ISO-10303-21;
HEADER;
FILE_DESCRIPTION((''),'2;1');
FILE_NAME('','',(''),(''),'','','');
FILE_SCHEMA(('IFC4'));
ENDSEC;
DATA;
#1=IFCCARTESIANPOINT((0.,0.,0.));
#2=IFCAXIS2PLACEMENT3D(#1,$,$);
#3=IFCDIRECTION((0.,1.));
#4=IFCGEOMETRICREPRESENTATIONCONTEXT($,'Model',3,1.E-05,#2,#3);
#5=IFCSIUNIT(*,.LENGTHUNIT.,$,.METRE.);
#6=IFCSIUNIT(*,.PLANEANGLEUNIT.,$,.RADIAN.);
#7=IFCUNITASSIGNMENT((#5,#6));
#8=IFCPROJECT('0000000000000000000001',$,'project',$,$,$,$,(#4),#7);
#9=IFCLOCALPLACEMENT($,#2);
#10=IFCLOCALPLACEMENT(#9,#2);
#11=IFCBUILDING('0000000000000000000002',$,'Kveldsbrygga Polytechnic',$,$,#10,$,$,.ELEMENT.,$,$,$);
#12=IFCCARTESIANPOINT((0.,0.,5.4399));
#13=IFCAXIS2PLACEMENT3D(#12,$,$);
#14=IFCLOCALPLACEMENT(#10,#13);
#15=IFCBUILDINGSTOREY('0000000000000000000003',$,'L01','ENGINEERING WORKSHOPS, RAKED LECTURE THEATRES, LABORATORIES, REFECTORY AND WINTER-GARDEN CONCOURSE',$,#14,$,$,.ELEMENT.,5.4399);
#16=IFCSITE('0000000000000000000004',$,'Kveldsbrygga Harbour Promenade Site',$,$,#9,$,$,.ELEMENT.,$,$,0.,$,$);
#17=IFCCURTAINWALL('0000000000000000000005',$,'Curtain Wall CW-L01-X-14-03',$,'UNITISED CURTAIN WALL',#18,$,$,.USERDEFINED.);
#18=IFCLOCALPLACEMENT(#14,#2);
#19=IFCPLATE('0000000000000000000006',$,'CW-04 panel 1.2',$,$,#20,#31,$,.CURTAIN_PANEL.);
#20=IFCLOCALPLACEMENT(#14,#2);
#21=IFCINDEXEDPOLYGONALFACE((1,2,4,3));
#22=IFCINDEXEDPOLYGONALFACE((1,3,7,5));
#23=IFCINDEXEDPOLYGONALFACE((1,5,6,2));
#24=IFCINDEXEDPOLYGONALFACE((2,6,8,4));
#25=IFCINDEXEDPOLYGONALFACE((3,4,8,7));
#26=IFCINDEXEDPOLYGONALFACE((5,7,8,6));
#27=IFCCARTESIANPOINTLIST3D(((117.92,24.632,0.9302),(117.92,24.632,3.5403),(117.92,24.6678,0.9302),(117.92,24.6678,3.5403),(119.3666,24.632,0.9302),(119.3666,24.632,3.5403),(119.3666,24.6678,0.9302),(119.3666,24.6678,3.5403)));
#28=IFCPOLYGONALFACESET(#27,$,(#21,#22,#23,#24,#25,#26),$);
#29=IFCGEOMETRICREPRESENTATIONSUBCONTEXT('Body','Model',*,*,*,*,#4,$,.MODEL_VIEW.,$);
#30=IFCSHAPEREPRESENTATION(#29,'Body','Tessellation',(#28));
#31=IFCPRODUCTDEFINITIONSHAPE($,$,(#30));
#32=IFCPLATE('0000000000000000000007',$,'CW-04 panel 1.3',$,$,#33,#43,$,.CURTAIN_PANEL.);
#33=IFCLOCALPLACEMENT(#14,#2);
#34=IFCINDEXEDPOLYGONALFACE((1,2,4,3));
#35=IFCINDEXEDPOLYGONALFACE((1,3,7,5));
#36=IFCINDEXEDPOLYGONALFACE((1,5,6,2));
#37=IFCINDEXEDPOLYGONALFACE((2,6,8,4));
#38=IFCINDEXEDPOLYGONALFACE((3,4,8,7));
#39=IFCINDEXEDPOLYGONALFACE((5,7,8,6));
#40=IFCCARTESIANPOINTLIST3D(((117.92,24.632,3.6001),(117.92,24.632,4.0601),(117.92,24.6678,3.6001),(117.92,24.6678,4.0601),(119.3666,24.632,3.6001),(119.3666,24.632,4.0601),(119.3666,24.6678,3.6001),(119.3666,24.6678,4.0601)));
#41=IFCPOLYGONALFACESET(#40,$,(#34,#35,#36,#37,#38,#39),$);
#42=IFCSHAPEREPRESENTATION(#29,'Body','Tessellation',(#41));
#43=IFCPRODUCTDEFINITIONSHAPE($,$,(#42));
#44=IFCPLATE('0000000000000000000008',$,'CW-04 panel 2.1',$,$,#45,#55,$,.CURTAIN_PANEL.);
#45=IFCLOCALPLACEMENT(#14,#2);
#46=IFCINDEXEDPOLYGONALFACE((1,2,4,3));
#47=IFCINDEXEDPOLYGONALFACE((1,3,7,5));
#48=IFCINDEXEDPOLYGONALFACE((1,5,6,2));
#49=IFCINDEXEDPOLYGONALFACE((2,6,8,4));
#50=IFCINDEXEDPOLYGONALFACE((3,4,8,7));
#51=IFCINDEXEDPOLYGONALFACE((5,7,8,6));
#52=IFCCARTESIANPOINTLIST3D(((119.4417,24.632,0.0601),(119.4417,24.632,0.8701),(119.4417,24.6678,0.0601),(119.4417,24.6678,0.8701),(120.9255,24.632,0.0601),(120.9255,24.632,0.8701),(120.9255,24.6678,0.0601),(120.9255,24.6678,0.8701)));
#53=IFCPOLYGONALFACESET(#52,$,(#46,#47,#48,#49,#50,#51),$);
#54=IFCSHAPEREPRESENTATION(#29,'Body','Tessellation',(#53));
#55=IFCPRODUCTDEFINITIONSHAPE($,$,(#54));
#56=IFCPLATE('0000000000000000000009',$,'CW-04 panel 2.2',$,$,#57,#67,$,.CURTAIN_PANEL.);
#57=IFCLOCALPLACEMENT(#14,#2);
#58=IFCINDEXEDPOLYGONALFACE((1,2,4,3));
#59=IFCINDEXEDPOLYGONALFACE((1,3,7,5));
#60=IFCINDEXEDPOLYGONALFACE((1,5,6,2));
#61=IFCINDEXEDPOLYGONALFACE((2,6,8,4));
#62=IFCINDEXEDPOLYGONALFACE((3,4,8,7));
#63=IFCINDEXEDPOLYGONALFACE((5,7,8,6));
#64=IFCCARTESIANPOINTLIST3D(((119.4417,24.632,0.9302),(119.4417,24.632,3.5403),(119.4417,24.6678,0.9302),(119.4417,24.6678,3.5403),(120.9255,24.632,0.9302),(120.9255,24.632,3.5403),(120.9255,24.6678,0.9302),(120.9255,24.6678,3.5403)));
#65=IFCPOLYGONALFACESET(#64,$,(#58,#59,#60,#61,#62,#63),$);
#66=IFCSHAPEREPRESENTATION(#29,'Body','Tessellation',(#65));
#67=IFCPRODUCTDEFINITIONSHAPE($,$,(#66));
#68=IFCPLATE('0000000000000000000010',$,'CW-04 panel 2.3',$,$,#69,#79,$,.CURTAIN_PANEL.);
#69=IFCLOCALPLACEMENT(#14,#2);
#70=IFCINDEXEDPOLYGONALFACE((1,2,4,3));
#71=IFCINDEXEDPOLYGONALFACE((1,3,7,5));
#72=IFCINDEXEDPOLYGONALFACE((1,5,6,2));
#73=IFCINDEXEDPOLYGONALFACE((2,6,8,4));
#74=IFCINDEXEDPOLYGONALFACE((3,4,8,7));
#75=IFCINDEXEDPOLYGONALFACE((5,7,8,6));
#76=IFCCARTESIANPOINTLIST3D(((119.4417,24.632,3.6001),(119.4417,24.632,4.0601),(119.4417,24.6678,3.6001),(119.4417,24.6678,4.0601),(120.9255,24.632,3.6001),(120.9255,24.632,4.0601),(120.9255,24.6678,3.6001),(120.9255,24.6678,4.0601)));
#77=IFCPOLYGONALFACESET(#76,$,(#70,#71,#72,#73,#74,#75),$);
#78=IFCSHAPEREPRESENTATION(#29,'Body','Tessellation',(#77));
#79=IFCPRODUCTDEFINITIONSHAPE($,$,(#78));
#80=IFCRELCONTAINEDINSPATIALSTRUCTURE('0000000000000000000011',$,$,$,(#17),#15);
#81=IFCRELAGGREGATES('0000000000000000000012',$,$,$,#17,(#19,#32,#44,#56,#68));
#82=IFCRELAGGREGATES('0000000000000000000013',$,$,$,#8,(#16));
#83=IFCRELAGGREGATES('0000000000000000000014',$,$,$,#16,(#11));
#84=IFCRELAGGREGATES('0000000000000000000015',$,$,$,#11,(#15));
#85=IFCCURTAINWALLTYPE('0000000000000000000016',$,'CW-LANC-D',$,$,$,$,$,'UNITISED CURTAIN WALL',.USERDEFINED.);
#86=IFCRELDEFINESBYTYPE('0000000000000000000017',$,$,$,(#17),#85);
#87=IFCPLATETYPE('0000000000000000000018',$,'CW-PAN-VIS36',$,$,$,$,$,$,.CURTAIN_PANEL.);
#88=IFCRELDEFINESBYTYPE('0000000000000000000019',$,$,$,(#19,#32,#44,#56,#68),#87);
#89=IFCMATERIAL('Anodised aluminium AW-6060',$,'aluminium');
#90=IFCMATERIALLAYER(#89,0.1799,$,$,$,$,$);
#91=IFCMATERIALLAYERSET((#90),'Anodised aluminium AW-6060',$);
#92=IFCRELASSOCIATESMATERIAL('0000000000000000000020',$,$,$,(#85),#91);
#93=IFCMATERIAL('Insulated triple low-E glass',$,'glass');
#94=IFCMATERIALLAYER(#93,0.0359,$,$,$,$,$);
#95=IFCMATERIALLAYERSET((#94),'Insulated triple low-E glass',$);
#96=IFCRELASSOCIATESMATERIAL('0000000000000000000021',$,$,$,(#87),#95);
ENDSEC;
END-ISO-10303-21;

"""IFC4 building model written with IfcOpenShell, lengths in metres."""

from ifc_helpers import new_model, si_unit, direction, frame, origin, origin_2d, place, context, subcontext, project, spatial, rectangle, extrude, material, layer, layer_set, type_object, element, aggregate, save


model = new_model("IFC4")

# Units and contexts
model_context = context("Model", 3, precision=1e-05, world=origin(), true_north=direction((0.0, 1.0)))
body_context = subcontext(model_context, "Body", "Model", "MODEL_VIEW")
ifc_project = project(units=[si_unit("LENGTHUNIT", "METRE"), si_unit("PLANEANGLEUNIT", "RADIAN")], contexts=[model_context])

# Site, building, storey
site_placement = place(None, origin())
site = spatial("IfcSite", under=ifc_project, at=site_placement, Name="Kveldsbrygga Harbour Promenade Site", CompositionType="ELEMENT", RefElevation=0.0)
building_placement = place(site_placement, origin())
building = spatial("IfcBuilding", under=site, at=building_placement, Name="Kveldsbrygga Polytechnic", CompositionType="ELEMENT")
storey_placement = place(building_placement, frame((0.0, 0.0, 5.4399)))
storey = spatial("IfcBuildingStorey", under=building, at=storey_placement, Name="L01", Description="ENGINEERING WORKSHOPS, RAKED LECTURE THEATRES, LABORATORIES, REFECTORY AND WINTER-GARDEN CONCOURSE", CompositionType="ELEMENT", Elevation=5.4399)

# Shared definitions
ifc_material_1 = material(Name="Anodised aluminium AW-6060", Category="aluminium")

# Curtain wall, plates
ifc_layer_1 = layer(ifc_material_1, 0.1799)
ifc_layer_set_1 = layer_set([ifc_layer_1], Name="Anodised aluminium AW-6060")
curtain_wall_type_1 = type_object("IfcCurtainWallType", Name="CW-LANC-D", ElementType="UNITISED CURTAIN WALL", PredefinedType="USERDEFINED", material=ifc_layer_set_1)
curtain_wall_1_placement = place(storey_placement, origin())
curtain_wall_1 = element("IfcCurtainWall", 1, at=curtain_wall_1_placement, inside=storey, type_object=curtain_wall_type_1, Name="Curtain Wall CW-L01-X-14-03", ObjectType="UNITISED CURTAIN WALL", PredefinedType="USERDEFINED")
ifc_material_2 = material(Name="Insulated triple low-E glass", Category="glass")
ifc_layer_2 = layer(ifc_material_2, 0.0359)
ifc_layer_set_2 = layer_set([ifc_layer_2], Name="Insulated triple low-E glass")
plate_type = type_object("IfcPlateType", Name="CW-PAN-VIS36", PredefinedType="CURTAIN_PANEL", material=ifc_layer_set_2)
plate_1_placement = place(storey_placement, frame((118.6433, 24.6499, 0.9302), z_axis=(0.0, 0.0, 1.0), x_axis=(1.0, 0.0, 0.0)))
plate_1 = element("IfcPlate", 2, at=plate_1_placement, type_object=plate_type, Name="CW-04 panel 1.2", PredefinedType="CURTAIN_PANEL", context=body_context, shape_type="SweptSolid", body=[
    extrude(rectangle(XDim=1.4465, YDim=0.0359, at=origin_2d()), origin(), (0.0, 0.0, 1.0), 2.6101),
])
plate_2_placement = place(storey_placement, frame((118.6433, 24.6499, 3.6001), z_axis=(0.0, 0.0, 1.0), x_axis=(1.0, 0.0, 0.0)))
plate_2 = element("IfcPlate", 3, at=plate_2_placement, type_object=plate_type, Name="CW-04 panel 1.3", PredefinedType="CURTAIN_PANEL", context=body_context, shape_type="SweptSolid", body=[
    extrude(rectangle(XDim=1.4465, YDim=0.0359, at=origin_2d()), origin(), (0.0, 0.0, 1.0), 0.46),
])
plate_3_placement = place(storey_placement, frame((120.1836, 24.6499, 0.0601), z_axis=(0.0, 0.0, 1.0), x_axis=(1.0, 0.0, 0.0)))
plate_3 = element("IfcPlate", 4, at=plate_3_placement, type_object=plate_type, Name="CW-04 panel 2.1", PredefinedType="CURTAIN_PANEL", context=body_context, shape_type="SweptSolid", body=[
    extrude(rectangle(XDim=1.4839, YDim=0.0359, at=origin_2d()), origin(), (0.0, 0.0, 1.0), 0.8101),
])
plate_4_placement = place(storey_placement, frame((120.1836, 24.6499, 0.9302), z_axis=(0.0, 0.0, 1.0), x_axis=(1.0, 0.0, 0.0)))
plate_4 = element("IfcPlate", 5, at=plate_4_placement, type_object=plate_type, Name="CW-04 panel 2.2", PredefinedType="CURTAIN_PANEL", context=body_context, shape_type="SweptSolid", body=[
    extrude(rectangle(XDim=1.4839, YDim=0.0359, at=origin_2d()), origin(), (0.0, 0.0, 1.0), 2.6101),
])
plate_5_placement = place(storey_placement, frame((120.1836, 24.6499, 3.6001), z_axis=(0.0, 0.0, 1.0), x_axis=(1.0, 0.0, 0.0)))
plate_5 = element("IfcPlate", 6, at=plate_5_placement, type_object=plate_type, Name="CW-04 panel 2.3", PredefinedType="CURTAIN_PANEL", context=body_context, shape_type="SweptSolid", body=[
    extrude(rectangle(XDim=1.4839, YDim=0.0359, at=origin_2d()), origin(), (0.0, 0.0, 1.0), 0.46),
])
aggregate(curtain_wall_1, [plate_1, plate_2, plate_3, plate_4, plate_5])

save(model, "model.ifc")
